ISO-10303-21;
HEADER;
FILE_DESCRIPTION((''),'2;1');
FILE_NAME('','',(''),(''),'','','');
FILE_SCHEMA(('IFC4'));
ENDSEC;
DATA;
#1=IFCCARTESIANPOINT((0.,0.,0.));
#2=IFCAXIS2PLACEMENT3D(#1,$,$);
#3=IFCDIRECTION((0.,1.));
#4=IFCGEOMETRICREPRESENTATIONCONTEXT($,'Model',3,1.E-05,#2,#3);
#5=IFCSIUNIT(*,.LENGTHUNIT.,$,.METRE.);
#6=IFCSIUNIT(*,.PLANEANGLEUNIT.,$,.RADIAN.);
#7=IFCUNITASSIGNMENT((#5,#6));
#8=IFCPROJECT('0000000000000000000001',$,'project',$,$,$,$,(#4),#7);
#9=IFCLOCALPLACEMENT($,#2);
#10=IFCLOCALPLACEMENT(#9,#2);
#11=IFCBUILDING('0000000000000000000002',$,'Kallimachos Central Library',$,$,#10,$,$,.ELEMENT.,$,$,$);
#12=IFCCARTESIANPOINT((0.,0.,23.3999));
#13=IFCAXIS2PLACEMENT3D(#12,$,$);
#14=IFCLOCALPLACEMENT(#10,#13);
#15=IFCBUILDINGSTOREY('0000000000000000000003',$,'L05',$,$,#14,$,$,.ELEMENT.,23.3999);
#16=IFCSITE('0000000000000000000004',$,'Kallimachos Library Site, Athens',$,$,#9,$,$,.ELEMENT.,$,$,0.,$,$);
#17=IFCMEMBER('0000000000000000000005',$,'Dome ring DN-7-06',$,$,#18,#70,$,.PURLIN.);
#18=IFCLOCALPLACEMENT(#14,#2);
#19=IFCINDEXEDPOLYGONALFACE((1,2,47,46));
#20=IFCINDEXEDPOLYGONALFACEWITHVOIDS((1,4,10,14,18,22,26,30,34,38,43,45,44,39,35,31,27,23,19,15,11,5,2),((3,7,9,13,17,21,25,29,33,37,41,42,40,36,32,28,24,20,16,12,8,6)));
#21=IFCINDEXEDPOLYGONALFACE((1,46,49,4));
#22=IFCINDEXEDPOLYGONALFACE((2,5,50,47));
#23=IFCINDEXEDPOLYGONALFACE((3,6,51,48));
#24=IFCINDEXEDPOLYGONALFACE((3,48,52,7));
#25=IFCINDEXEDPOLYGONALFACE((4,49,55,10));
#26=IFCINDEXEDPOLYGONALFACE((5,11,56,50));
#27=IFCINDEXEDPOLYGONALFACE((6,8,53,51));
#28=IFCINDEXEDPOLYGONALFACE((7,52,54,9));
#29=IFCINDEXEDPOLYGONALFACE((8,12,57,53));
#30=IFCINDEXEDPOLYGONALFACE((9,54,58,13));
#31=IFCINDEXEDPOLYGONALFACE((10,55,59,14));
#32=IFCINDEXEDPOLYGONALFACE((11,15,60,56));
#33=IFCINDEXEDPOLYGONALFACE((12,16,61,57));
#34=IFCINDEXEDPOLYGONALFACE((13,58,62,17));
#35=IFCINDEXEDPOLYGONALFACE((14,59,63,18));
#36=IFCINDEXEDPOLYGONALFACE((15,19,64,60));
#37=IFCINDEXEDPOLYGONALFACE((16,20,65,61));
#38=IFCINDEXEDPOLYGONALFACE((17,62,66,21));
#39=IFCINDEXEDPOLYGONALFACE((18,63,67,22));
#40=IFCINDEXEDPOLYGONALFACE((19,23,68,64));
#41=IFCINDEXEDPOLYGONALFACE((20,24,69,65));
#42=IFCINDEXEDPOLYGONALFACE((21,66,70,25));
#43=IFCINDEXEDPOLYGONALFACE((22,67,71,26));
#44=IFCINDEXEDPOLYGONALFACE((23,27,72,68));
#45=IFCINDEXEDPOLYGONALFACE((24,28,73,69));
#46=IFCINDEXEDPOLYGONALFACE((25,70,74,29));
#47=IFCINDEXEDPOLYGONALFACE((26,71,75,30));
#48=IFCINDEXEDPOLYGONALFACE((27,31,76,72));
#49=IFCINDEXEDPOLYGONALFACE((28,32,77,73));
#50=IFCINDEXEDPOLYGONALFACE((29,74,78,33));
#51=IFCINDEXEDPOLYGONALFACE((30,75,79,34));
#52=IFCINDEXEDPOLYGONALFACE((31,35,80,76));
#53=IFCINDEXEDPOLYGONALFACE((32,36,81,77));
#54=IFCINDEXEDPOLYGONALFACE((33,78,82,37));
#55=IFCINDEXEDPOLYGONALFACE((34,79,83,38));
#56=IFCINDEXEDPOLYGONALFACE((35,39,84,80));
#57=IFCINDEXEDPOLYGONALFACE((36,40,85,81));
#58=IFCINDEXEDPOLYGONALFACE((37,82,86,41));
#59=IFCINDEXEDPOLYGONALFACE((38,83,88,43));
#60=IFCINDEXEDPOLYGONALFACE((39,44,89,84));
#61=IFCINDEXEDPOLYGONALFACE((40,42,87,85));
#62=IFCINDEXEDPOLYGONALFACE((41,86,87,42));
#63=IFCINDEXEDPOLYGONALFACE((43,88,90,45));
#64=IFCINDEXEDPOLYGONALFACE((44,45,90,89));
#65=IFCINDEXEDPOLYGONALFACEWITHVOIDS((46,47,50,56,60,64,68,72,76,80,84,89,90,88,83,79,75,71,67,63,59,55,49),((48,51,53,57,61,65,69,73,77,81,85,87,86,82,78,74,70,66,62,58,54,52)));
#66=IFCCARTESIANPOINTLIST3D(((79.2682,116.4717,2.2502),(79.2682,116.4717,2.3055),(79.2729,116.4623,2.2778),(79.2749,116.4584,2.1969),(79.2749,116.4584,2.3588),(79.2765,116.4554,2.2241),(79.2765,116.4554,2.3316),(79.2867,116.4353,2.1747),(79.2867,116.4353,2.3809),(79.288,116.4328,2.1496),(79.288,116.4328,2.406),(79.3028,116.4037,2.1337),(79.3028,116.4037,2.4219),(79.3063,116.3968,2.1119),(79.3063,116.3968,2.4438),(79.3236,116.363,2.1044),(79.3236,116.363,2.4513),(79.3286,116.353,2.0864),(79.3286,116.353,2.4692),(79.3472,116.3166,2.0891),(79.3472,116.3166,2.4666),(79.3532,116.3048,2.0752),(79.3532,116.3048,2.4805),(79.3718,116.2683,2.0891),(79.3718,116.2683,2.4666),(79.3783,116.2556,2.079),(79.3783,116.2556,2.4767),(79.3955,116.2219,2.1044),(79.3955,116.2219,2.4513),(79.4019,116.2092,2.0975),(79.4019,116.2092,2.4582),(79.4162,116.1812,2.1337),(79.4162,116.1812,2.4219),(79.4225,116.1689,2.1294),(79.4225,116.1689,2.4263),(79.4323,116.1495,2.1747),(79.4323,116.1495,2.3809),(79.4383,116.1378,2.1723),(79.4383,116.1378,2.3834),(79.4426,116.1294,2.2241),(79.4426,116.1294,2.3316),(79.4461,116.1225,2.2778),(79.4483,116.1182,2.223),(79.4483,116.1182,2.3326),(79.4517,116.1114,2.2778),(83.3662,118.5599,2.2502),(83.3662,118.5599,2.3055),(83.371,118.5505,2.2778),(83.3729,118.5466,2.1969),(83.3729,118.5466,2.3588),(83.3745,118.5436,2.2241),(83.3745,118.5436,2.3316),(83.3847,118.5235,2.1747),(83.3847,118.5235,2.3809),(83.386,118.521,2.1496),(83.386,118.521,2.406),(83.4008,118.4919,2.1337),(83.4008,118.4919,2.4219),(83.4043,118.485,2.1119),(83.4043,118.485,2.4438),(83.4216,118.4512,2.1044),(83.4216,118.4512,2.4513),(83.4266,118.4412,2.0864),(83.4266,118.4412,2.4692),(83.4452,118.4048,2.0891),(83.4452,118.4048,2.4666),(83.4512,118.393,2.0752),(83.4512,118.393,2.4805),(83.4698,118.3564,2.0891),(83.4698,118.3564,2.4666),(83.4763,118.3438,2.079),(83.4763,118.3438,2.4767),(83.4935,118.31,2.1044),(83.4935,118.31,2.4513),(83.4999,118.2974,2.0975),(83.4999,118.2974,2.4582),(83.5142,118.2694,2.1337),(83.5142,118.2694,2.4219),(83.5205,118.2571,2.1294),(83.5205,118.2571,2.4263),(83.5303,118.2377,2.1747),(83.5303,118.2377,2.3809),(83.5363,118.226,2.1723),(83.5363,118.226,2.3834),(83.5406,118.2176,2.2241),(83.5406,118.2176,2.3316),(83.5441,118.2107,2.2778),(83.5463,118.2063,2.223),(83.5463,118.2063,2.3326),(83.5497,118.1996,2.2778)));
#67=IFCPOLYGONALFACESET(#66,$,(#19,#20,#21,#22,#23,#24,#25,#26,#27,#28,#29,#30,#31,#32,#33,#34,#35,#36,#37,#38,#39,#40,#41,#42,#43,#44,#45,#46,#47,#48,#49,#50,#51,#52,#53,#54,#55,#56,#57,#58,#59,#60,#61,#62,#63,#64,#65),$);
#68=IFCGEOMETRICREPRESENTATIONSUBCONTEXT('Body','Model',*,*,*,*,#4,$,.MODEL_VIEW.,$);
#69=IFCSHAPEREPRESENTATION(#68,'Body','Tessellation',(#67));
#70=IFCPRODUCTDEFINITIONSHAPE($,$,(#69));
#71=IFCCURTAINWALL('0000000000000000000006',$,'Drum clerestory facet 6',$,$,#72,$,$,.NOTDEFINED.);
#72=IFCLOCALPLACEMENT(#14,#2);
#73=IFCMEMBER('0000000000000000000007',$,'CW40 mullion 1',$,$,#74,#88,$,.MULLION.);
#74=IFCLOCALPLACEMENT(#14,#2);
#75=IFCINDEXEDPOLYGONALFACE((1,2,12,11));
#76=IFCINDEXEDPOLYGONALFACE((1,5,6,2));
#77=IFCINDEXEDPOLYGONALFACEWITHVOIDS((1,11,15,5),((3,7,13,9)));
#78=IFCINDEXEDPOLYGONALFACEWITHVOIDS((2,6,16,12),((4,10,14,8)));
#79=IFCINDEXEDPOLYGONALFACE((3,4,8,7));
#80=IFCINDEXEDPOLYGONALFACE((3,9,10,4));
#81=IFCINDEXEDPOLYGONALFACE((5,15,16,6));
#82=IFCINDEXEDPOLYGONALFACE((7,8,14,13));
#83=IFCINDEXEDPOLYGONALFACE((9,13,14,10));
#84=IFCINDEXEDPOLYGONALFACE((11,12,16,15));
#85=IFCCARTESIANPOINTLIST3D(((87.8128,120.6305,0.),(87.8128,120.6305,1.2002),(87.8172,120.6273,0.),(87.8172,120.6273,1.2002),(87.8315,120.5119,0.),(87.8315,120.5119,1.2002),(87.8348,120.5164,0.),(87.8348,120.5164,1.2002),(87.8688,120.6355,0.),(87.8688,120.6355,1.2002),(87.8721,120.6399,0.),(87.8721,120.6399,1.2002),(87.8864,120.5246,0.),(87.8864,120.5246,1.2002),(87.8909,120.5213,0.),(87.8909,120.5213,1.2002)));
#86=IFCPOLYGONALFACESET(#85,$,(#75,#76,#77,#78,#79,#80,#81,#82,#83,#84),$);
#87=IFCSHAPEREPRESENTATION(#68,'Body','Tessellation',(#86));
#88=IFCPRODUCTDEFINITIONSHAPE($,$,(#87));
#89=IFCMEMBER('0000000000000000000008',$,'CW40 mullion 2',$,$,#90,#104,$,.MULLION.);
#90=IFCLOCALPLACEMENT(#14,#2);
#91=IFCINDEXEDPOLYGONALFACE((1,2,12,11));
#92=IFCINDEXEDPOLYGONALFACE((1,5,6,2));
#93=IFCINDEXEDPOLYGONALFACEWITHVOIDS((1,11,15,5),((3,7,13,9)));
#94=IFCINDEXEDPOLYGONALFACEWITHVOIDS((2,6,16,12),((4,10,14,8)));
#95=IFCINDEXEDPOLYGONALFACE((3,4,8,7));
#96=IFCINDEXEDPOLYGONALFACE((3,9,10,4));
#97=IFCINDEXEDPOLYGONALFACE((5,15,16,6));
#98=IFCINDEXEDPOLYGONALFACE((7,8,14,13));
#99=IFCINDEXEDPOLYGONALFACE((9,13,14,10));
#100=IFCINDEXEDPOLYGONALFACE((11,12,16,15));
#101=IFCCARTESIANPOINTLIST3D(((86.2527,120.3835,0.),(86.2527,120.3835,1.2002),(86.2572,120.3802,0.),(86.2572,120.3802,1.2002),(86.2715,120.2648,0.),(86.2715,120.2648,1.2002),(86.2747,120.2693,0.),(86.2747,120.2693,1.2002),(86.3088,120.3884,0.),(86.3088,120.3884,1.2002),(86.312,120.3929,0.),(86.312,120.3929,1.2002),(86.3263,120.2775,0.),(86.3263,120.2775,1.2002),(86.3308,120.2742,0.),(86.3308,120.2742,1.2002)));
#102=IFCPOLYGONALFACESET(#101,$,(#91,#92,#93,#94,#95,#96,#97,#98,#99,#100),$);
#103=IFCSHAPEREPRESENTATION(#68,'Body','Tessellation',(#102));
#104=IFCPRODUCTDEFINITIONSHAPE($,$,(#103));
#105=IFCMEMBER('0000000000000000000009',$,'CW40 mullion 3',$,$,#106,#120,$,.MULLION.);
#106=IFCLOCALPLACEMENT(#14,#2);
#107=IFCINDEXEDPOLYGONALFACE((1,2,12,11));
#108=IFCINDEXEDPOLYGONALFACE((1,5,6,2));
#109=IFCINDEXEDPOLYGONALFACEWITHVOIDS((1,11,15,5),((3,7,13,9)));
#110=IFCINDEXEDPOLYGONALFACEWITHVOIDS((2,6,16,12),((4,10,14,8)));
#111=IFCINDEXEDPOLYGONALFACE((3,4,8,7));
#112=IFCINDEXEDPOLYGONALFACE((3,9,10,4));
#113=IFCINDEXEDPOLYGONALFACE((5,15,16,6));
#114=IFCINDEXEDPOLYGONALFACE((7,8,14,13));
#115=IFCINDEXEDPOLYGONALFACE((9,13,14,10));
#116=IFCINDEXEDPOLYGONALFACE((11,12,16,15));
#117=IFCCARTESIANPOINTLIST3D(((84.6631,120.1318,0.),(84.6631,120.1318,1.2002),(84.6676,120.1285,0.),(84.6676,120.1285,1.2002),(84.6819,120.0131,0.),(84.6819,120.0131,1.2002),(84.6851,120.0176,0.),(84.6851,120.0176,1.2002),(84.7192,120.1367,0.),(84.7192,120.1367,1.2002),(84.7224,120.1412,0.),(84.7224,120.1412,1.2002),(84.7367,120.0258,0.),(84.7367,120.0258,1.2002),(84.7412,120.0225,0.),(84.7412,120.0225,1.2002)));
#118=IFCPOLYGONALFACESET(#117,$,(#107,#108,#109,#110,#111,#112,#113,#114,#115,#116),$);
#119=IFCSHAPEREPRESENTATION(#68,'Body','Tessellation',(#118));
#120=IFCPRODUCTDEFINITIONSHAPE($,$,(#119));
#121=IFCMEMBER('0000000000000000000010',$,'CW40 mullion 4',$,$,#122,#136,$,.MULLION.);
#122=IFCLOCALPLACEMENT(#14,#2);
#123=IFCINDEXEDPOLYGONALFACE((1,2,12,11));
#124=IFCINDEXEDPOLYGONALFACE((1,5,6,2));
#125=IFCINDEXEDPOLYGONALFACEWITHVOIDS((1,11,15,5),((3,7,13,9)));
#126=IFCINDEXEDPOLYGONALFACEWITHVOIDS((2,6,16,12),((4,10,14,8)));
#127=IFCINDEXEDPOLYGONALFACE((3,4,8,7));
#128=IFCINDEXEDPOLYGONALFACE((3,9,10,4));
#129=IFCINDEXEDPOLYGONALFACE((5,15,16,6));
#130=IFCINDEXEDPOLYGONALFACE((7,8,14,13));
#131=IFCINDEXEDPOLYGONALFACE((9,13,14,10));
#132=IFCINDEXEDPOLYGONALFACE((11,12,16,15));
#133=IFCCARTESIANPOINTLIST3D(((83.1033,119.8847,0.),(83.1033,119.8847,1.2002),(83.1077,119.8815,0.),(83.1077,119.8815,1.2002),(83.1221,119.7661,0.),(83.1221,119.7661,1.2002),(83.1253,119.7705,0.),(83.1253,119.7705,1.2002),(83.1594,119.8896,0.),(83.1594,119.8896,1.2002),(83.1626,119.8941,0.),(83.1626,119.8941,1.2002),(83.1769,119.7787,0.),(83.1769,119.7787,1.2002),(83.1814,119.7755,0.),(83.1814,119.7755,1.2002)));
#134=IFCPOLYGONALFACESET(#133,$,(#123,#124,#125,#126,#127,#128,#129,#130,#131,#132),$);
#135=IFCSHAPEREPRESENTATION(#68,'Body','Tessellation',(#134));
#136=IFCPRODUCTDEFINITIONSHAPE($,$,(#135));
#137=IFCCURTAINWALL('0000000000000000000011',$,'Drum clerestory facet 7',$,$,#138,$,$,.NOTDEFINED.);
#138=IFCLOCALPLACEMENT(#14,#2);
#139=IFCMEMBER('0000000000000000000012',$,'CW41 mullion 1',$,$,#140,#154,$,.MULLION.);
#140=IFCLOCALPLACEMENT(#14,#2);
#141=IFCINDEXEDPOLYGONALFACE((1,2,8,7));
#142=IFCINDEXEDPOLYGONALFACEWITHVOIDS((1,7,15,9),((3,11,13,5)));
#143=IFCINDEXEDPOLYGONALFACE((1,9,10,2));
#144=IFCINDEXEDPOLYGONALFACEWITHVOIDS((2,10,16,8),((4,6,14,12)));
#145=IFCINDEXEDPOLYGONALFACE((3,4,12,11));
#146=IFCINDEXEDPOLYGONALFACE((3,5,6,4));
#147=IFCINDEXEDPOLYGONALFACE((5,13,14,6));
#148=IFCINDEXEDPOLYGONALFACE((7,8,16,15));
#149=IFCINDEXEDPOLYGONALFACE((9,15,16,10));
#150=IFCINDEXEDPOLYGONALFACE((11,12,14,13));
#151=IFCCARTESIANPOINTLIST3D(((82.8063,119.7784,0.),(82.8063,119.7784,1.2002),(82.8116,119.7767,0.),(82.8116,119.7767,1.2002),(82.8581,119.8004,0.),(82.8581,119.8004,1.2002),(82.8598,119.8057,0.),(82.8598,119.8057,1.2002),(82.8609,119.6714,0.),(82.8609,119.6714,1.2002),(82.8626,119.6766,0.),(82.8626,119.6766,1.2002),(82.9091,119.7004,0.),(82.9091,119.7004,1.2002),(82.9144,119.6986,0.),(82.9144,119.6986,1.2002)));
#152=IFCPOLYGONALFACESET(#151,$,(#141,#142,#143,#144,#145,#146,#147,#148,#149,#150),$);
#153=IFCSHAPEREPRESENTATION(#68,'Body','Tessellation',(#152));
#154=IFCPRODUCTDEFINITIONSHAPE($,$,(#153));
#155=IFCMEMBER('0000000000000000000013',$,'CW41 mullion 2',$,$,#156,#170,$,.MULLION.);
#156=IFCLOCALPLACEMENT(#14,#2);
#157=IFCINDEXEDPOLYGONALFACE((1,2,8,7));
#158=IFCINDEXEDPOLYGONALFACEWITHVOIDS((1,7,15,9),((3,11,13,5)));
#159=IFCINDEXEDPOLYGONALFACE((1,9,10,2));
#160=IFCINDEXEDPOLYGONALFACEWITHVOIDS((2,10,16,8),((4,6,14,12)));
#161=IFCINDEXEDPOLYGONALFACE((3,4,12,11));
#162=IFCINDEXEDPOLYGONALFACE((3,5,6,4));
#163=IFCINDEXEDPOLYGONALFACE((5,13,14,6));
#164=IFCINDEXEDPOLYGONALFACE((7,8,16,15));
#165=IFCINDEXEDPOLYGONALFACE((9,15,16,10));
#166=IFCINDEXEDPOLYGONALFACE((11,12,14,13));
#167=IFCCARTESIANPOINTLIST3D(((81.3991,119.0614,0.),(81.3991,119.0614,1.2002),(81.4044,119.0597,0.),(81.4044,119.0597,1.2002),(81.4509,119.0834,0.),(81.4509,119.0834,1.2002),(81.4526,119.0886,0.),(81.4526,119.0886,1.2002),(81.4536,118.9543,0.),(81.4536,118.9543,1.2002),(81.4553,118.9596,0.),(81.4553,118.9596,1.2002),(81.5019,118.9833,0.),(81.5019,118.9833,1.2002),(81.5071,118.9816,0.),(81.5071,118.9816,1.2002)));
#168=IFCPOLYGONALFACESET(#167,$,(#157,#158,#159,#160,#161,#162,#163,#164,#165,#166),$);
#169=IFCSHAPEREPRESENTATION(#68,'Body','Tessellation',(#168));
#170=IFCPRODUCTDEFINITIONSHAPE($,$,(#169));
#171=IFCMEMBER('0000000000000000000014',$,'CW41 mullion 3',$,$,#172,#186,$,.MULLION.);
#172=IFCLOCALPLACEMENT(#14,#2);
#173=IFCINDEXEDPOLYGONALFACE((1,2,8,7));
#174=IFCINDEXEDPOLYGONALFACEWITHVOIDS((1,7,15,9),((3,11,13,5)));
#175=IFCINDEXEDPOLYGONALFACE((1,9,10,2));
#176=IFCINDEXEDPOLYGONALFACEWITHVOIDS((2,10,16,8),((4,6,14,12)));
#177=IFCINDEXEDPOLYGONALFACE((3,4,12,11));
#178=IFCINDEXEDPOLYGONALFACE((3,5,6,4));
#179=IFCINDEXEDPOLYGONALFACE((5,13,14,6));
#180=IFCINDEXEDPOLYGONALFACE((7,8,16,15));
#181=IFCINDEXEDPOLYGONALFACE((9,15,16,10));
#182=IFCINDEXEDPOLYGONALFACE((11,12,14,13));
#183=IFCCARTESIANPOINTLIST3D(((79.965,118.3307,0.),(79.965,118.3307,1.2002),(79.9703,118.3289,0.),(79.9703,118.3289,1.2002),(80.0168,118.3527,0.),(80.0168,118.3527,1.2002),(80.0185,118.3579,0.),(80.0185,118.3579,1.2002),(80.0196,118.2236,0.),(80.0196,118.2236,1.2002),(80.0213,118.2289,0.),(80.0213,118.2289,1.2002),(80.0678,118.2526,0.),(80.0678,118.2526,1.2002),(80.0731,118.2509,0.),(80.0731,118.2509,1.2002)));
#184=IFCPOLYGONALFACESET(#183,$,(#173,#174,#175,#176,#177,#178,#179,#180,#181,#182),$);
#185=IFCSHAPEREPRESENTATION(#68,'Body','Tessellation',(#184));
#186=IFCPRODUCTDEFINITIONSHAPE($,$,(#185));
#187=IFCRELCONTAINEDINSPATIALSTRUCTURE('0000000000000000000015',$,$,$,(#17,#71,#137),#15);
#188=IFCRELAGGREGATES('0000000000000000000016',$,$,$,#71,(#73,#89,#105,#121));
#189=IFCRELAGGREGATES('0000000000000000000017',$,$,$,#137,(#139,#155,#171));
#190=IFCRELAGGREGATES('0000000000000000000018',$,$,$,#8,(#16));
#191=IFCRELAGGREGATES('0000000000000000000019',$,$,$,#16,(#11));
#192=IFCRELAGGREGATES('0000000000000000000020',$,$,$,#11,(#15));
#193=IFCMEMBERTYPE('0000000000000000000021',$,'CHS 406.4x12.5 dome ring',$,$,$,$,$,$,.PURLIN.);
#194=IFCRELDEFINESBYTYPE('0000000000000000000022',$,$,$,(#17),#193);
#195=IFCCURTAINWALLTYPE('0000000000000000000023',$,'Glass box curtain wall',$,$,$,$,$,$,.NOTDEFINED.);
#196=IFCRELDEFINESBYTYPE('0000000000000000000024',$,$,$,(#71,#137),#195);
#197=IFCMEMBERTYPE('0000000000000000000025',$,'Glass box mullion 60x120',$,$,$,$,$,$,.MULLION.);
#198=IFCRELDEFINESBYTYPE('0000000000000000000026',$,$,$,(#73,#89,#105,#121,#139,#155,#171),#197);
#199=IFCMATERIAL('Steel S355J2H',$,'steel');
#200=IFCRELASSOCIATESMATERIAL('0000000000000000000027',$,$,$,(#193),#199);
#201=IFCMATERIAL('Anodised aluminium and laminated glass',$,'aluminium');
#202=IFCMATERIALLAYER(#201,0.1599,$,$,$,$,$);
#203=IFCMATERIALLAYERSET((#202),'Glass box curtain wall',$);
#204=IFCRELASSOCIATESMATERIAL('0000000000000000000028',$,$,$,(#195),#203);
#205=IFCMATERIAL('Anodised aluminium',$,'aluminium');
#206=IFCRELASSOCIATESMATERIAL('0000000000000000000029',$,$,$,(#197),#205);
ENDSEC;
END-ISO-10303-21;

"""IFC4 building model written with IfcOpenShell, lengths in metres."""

from ifc_helpers import new_model, si_unit, direction, frame, origin, origin_2d, place, context, subcontext, project, spatial, hollow_rectangle, hollow_circle, extrude, material, layer, layer_set, material_profile, profile_set, type_object, element, aggregate, save


model = new_model("IFC4")

# Units and contexts
model_context = context("Model", 3, precision=1e-05, world=origin(), true_north=direction((0.0, 1.0)))
body_context = subcontext(model_context, "Body", "Model", "MODEL_VIEW")
ifc_project = project(units=[si_unit("LENGTHUNIT", "METRE"), si_unit("PLANEANGLEUNIT", "RADIAN")], contexts=[model_context])

# Site, building, storey
site_placement = place(None, origin())
site = spatial("IfcSite", under=ifc_project, at=site_placement, Name="Kallimachos Library Site, Athens", CompositionType="ELEMENT", RefElevation=0.0)
building_placement = place(site_placement, origin())
building = spatial("IfcBuilding", under=site, at=building_placement, Name="Kallimachos Central Library", CompositionType="ELEMENT")
storey_placement = place(building_placement, frame((0.0, 0.0, 23.3999)))
storey = spatial("IfcBuildingStorey", under=building, at=storey_placement, Name="L05", CompositionType="ELEMENT", Elevation=23.3999)

# Member
ifc_material_1 = material(Name="Steel S355J2H", Category="steel")
ifc_material_profile_1 = material_profile(ifc_material_1, hollow_circle(Radius=0.2031, WallThickness=0.0125, at=origin_2d()), Name="CHS 406.4x12.5")
ifc_profile_set_1 = profile_set([ifc_material_profile_1], Name="Steel S355J2H")
member_type_1 = type_object("IfcMemberType", Name="CHS 406.4x12.5 dome ring", PredefinedType="PURLIN", material=ifc_profile_set_1)
member_1_placement = place(storey_placement, frame((83.4575, 118.3806, 2.2778), z_axis=(-0.890993, -0.454016, 0.0), x_axis=(0.454016, -0.890993, 0.0)))
element("IfcMember", 1, at=member_1_placement, inside=storey, type_object=member_type_1, Name="Dome ring DN-7-06", PredefinedType="PURLIN", context=body_context, shape_type="SweptSolid", body=[
    extrude(hollow_circle(Radius=0.2031, WallThickness=0.0125, at=origin_2d()), origin(), (0.0, 0.0, 1.0), 4.5994),
])

# Curtain walls, members
ifc_material_2 = material(Name="Anodised aluminium and laminated glass", Category="aluminium")
ifc_layer_1 = layer(ifc_material_2, 0.1599)
ifc_layer_set_1 = layer_set([ifc_layer_1], Name="Glass box curtain wall")
curtain_wall_type = type_object("IfcCurtainWallType", Name="Glass box curtain wall", PredefinedType="NOTDEFINED", material=ifc_layer_set_1)
curtain_wall_1_placement = place(storey_placement, origin())
curtain_wall_1 = element("IfcCurtainWall", 2, at=curtain_wall_1_placement, inside=storey, type_object=curtain_wall_type, Name="Drum clerestory facet 6", PredefinedType="NOTDEFINED")
ifc_material_3 = material(Name="Anodised aluminium", Category="aluminium")
ifc_material_profile_2 = material_profile(ifc_material_3, hollow_rectangle(XDim=0.0601, YDim=0.1201, WallThickness=0.0039, at=origin_2d()), Name="ALU MULLION 60x120")
ifc_profile_set_2 = profile_set([ifc_material_profile_2], Name="Anodised aluminium")
member_type_2 = type_object("IfcMemberType", Name="Glass box mullion 60x120", PredefinedType="MULLION", material=ifc_profile_set_2)
member_2_placement = place(storey_placement, frame((87.8518, 120.5759, 0.0), z_axis=(0.0, 0.0, 1.0), x_axis=(-0.987688, -0.156435, 0.0)))
member_2 = element("IfcMember", 3, at=member_2_placement, type_object=member_type_2, Name="CW40 mullion 1", PredefinedType="MULLION", context=body_context, shape_type="SweptSolid", body=[
    extrude(hollow_rectangle(XDim=0.0601, YDim=0.1201, WallThickness=0.0039, at=origin_2d()), origin(), (0.0, 0.0, 1.0), 1.2002),
])
member_3_placement = place(storey_placement, frame((86.2917, 120.3289, 0.0), z_axis=(0.0, 0.0, 1.0), x_axis=(-0.987688, -0.156435, 0.0)))
member_3 = element("IfcMember", 4, at=member_3_placement, type_object=member_type_2, Name="CW40 mullion 2", PredefinedType="MULLION", context=body_context, shape_type="SweptSolid", body=[
    extrude(hollow_rectangle(XDim=0.0601, YDim=0.1201, WallThickness=0.0039, at=origin_2d()), origin(), (0.0, 0.0, 1.0), 1.2002),
])
member_4_placement = place(storey_placement, frame((84.7021, 120.0771, 0.0), z_axis=(0.0, 0.0, 1.0), x_axis=(-0.987688, -0.156435, 0.0)))
member_4 = element("IfcMember", 5, at=member_4_placement, type_object=member_type_2, Name="CW40 mullion 3", PredefinedType="MULLION", context=body_context, shape_type="SweptSolid", body=[
    extrude(hollow_rectangle(XDim=0.0601, YDim=0.1201, WallThickness=0.0039, at=origin_2d()), origin(), (0.0, 0.0, 1.0), 1.2002),
])
member_5_placement = place(storey_placement, frame((83.1423, 119.8301, 0.0), z_axis=(0.0, 0.0, 1.0), x_axis=(-0.987688, -0.156435, 0.0)))
member_5 = element("IfcMember", 6, at=member_5_placement, type_object=member_type_2, Name="CW40 mullion 4", PredefinedType="MULLION", context=body_context, shape_type="SweptSolid", body=[
    extrude(hollow_rectangle(XDim=0.0601, YDim=0.1201, WallThickness=0.0039, at=origin_2d()), origin(), (0.0, 0.0, 1.0), 1.2002),
])
curtain_wall_2_placement = place(storey_placement, origin())
curtain_wall_2 = element("IfcCurtainWall", 7, at=curtain_wall_2_placement, inside=storey, type_object=curtain_wall_type, Name="Drum clerestory facet 7", PredefinedType="NOTDEFINED")
member_6_placement = place(storey_placement, frame((82.8604, 119.7385, 0.0), z_axis=(0.0, 0.0, 1.0), x_axis=(-0.891006, -0.453991, 0.0)))
member_6 = element("IfcMember", 8, at=member_6_placement, type_object=member_type_2, Name="CW41 mullion 1", PredefinedType="MULLION", context=body_context, shape_type="SweptSolid", body=[
    extrude(hollow_rectangle(XDim=0.0601, YDim=0.1201, WallThickness=0.0039, at=origin_2d()), origin(), (0.0, 0.0, 1.0), 1.2002),
])
member_7_placement = place(storey_placement, frame((81.4531, 119.0215, 0.0), z_axis=(0.0, 0.0, 1.0), x_axis=(-0.891006, -0.453991, 0.0)))
member_7 = element("IfcMember", 9, at=member_7_placement, type_object=member_type_2, Name="CW41 mullion 2", PredefinedType="MULLION", context=body_context, shape_type="SweptSolid", body=[
    extrude(hollow_rectangle(XDim=0.0601, YDim=0.1201, WallThickness=0.0039, at=origin_2d()), origin(), (0.0, 0.0, 1.0), 1.2002),
])
member_8_placement = place(storey_placement, frame((80.019, 118.2908, 0.0), z_axis=(0.0, 0.0, 1.0), x_axis=(-0.891006, -0.453991, 0.0)))
member_8 = element("IfcMember", 10, at=member_8_placement, type_object=member_type_2, Name="CW41 mullion 3", PredefinedType="MULLION", context=body_context, shape_type="SweptSolid", body=[
    extrude(hollow_rectangle(XDim=0.0601, YDim=0.1201, WallThickness=0.0039, at=origin_2d()), origin(), (0.0, 0.0, 1.0), 1.2002),
])

aggregate(curtain_wall_1, [member_2, member_3, member_4, member_5])
aggregate(curtain_wall_2, [member_6, member_7, member_8])

save(model, "model.ifc")
